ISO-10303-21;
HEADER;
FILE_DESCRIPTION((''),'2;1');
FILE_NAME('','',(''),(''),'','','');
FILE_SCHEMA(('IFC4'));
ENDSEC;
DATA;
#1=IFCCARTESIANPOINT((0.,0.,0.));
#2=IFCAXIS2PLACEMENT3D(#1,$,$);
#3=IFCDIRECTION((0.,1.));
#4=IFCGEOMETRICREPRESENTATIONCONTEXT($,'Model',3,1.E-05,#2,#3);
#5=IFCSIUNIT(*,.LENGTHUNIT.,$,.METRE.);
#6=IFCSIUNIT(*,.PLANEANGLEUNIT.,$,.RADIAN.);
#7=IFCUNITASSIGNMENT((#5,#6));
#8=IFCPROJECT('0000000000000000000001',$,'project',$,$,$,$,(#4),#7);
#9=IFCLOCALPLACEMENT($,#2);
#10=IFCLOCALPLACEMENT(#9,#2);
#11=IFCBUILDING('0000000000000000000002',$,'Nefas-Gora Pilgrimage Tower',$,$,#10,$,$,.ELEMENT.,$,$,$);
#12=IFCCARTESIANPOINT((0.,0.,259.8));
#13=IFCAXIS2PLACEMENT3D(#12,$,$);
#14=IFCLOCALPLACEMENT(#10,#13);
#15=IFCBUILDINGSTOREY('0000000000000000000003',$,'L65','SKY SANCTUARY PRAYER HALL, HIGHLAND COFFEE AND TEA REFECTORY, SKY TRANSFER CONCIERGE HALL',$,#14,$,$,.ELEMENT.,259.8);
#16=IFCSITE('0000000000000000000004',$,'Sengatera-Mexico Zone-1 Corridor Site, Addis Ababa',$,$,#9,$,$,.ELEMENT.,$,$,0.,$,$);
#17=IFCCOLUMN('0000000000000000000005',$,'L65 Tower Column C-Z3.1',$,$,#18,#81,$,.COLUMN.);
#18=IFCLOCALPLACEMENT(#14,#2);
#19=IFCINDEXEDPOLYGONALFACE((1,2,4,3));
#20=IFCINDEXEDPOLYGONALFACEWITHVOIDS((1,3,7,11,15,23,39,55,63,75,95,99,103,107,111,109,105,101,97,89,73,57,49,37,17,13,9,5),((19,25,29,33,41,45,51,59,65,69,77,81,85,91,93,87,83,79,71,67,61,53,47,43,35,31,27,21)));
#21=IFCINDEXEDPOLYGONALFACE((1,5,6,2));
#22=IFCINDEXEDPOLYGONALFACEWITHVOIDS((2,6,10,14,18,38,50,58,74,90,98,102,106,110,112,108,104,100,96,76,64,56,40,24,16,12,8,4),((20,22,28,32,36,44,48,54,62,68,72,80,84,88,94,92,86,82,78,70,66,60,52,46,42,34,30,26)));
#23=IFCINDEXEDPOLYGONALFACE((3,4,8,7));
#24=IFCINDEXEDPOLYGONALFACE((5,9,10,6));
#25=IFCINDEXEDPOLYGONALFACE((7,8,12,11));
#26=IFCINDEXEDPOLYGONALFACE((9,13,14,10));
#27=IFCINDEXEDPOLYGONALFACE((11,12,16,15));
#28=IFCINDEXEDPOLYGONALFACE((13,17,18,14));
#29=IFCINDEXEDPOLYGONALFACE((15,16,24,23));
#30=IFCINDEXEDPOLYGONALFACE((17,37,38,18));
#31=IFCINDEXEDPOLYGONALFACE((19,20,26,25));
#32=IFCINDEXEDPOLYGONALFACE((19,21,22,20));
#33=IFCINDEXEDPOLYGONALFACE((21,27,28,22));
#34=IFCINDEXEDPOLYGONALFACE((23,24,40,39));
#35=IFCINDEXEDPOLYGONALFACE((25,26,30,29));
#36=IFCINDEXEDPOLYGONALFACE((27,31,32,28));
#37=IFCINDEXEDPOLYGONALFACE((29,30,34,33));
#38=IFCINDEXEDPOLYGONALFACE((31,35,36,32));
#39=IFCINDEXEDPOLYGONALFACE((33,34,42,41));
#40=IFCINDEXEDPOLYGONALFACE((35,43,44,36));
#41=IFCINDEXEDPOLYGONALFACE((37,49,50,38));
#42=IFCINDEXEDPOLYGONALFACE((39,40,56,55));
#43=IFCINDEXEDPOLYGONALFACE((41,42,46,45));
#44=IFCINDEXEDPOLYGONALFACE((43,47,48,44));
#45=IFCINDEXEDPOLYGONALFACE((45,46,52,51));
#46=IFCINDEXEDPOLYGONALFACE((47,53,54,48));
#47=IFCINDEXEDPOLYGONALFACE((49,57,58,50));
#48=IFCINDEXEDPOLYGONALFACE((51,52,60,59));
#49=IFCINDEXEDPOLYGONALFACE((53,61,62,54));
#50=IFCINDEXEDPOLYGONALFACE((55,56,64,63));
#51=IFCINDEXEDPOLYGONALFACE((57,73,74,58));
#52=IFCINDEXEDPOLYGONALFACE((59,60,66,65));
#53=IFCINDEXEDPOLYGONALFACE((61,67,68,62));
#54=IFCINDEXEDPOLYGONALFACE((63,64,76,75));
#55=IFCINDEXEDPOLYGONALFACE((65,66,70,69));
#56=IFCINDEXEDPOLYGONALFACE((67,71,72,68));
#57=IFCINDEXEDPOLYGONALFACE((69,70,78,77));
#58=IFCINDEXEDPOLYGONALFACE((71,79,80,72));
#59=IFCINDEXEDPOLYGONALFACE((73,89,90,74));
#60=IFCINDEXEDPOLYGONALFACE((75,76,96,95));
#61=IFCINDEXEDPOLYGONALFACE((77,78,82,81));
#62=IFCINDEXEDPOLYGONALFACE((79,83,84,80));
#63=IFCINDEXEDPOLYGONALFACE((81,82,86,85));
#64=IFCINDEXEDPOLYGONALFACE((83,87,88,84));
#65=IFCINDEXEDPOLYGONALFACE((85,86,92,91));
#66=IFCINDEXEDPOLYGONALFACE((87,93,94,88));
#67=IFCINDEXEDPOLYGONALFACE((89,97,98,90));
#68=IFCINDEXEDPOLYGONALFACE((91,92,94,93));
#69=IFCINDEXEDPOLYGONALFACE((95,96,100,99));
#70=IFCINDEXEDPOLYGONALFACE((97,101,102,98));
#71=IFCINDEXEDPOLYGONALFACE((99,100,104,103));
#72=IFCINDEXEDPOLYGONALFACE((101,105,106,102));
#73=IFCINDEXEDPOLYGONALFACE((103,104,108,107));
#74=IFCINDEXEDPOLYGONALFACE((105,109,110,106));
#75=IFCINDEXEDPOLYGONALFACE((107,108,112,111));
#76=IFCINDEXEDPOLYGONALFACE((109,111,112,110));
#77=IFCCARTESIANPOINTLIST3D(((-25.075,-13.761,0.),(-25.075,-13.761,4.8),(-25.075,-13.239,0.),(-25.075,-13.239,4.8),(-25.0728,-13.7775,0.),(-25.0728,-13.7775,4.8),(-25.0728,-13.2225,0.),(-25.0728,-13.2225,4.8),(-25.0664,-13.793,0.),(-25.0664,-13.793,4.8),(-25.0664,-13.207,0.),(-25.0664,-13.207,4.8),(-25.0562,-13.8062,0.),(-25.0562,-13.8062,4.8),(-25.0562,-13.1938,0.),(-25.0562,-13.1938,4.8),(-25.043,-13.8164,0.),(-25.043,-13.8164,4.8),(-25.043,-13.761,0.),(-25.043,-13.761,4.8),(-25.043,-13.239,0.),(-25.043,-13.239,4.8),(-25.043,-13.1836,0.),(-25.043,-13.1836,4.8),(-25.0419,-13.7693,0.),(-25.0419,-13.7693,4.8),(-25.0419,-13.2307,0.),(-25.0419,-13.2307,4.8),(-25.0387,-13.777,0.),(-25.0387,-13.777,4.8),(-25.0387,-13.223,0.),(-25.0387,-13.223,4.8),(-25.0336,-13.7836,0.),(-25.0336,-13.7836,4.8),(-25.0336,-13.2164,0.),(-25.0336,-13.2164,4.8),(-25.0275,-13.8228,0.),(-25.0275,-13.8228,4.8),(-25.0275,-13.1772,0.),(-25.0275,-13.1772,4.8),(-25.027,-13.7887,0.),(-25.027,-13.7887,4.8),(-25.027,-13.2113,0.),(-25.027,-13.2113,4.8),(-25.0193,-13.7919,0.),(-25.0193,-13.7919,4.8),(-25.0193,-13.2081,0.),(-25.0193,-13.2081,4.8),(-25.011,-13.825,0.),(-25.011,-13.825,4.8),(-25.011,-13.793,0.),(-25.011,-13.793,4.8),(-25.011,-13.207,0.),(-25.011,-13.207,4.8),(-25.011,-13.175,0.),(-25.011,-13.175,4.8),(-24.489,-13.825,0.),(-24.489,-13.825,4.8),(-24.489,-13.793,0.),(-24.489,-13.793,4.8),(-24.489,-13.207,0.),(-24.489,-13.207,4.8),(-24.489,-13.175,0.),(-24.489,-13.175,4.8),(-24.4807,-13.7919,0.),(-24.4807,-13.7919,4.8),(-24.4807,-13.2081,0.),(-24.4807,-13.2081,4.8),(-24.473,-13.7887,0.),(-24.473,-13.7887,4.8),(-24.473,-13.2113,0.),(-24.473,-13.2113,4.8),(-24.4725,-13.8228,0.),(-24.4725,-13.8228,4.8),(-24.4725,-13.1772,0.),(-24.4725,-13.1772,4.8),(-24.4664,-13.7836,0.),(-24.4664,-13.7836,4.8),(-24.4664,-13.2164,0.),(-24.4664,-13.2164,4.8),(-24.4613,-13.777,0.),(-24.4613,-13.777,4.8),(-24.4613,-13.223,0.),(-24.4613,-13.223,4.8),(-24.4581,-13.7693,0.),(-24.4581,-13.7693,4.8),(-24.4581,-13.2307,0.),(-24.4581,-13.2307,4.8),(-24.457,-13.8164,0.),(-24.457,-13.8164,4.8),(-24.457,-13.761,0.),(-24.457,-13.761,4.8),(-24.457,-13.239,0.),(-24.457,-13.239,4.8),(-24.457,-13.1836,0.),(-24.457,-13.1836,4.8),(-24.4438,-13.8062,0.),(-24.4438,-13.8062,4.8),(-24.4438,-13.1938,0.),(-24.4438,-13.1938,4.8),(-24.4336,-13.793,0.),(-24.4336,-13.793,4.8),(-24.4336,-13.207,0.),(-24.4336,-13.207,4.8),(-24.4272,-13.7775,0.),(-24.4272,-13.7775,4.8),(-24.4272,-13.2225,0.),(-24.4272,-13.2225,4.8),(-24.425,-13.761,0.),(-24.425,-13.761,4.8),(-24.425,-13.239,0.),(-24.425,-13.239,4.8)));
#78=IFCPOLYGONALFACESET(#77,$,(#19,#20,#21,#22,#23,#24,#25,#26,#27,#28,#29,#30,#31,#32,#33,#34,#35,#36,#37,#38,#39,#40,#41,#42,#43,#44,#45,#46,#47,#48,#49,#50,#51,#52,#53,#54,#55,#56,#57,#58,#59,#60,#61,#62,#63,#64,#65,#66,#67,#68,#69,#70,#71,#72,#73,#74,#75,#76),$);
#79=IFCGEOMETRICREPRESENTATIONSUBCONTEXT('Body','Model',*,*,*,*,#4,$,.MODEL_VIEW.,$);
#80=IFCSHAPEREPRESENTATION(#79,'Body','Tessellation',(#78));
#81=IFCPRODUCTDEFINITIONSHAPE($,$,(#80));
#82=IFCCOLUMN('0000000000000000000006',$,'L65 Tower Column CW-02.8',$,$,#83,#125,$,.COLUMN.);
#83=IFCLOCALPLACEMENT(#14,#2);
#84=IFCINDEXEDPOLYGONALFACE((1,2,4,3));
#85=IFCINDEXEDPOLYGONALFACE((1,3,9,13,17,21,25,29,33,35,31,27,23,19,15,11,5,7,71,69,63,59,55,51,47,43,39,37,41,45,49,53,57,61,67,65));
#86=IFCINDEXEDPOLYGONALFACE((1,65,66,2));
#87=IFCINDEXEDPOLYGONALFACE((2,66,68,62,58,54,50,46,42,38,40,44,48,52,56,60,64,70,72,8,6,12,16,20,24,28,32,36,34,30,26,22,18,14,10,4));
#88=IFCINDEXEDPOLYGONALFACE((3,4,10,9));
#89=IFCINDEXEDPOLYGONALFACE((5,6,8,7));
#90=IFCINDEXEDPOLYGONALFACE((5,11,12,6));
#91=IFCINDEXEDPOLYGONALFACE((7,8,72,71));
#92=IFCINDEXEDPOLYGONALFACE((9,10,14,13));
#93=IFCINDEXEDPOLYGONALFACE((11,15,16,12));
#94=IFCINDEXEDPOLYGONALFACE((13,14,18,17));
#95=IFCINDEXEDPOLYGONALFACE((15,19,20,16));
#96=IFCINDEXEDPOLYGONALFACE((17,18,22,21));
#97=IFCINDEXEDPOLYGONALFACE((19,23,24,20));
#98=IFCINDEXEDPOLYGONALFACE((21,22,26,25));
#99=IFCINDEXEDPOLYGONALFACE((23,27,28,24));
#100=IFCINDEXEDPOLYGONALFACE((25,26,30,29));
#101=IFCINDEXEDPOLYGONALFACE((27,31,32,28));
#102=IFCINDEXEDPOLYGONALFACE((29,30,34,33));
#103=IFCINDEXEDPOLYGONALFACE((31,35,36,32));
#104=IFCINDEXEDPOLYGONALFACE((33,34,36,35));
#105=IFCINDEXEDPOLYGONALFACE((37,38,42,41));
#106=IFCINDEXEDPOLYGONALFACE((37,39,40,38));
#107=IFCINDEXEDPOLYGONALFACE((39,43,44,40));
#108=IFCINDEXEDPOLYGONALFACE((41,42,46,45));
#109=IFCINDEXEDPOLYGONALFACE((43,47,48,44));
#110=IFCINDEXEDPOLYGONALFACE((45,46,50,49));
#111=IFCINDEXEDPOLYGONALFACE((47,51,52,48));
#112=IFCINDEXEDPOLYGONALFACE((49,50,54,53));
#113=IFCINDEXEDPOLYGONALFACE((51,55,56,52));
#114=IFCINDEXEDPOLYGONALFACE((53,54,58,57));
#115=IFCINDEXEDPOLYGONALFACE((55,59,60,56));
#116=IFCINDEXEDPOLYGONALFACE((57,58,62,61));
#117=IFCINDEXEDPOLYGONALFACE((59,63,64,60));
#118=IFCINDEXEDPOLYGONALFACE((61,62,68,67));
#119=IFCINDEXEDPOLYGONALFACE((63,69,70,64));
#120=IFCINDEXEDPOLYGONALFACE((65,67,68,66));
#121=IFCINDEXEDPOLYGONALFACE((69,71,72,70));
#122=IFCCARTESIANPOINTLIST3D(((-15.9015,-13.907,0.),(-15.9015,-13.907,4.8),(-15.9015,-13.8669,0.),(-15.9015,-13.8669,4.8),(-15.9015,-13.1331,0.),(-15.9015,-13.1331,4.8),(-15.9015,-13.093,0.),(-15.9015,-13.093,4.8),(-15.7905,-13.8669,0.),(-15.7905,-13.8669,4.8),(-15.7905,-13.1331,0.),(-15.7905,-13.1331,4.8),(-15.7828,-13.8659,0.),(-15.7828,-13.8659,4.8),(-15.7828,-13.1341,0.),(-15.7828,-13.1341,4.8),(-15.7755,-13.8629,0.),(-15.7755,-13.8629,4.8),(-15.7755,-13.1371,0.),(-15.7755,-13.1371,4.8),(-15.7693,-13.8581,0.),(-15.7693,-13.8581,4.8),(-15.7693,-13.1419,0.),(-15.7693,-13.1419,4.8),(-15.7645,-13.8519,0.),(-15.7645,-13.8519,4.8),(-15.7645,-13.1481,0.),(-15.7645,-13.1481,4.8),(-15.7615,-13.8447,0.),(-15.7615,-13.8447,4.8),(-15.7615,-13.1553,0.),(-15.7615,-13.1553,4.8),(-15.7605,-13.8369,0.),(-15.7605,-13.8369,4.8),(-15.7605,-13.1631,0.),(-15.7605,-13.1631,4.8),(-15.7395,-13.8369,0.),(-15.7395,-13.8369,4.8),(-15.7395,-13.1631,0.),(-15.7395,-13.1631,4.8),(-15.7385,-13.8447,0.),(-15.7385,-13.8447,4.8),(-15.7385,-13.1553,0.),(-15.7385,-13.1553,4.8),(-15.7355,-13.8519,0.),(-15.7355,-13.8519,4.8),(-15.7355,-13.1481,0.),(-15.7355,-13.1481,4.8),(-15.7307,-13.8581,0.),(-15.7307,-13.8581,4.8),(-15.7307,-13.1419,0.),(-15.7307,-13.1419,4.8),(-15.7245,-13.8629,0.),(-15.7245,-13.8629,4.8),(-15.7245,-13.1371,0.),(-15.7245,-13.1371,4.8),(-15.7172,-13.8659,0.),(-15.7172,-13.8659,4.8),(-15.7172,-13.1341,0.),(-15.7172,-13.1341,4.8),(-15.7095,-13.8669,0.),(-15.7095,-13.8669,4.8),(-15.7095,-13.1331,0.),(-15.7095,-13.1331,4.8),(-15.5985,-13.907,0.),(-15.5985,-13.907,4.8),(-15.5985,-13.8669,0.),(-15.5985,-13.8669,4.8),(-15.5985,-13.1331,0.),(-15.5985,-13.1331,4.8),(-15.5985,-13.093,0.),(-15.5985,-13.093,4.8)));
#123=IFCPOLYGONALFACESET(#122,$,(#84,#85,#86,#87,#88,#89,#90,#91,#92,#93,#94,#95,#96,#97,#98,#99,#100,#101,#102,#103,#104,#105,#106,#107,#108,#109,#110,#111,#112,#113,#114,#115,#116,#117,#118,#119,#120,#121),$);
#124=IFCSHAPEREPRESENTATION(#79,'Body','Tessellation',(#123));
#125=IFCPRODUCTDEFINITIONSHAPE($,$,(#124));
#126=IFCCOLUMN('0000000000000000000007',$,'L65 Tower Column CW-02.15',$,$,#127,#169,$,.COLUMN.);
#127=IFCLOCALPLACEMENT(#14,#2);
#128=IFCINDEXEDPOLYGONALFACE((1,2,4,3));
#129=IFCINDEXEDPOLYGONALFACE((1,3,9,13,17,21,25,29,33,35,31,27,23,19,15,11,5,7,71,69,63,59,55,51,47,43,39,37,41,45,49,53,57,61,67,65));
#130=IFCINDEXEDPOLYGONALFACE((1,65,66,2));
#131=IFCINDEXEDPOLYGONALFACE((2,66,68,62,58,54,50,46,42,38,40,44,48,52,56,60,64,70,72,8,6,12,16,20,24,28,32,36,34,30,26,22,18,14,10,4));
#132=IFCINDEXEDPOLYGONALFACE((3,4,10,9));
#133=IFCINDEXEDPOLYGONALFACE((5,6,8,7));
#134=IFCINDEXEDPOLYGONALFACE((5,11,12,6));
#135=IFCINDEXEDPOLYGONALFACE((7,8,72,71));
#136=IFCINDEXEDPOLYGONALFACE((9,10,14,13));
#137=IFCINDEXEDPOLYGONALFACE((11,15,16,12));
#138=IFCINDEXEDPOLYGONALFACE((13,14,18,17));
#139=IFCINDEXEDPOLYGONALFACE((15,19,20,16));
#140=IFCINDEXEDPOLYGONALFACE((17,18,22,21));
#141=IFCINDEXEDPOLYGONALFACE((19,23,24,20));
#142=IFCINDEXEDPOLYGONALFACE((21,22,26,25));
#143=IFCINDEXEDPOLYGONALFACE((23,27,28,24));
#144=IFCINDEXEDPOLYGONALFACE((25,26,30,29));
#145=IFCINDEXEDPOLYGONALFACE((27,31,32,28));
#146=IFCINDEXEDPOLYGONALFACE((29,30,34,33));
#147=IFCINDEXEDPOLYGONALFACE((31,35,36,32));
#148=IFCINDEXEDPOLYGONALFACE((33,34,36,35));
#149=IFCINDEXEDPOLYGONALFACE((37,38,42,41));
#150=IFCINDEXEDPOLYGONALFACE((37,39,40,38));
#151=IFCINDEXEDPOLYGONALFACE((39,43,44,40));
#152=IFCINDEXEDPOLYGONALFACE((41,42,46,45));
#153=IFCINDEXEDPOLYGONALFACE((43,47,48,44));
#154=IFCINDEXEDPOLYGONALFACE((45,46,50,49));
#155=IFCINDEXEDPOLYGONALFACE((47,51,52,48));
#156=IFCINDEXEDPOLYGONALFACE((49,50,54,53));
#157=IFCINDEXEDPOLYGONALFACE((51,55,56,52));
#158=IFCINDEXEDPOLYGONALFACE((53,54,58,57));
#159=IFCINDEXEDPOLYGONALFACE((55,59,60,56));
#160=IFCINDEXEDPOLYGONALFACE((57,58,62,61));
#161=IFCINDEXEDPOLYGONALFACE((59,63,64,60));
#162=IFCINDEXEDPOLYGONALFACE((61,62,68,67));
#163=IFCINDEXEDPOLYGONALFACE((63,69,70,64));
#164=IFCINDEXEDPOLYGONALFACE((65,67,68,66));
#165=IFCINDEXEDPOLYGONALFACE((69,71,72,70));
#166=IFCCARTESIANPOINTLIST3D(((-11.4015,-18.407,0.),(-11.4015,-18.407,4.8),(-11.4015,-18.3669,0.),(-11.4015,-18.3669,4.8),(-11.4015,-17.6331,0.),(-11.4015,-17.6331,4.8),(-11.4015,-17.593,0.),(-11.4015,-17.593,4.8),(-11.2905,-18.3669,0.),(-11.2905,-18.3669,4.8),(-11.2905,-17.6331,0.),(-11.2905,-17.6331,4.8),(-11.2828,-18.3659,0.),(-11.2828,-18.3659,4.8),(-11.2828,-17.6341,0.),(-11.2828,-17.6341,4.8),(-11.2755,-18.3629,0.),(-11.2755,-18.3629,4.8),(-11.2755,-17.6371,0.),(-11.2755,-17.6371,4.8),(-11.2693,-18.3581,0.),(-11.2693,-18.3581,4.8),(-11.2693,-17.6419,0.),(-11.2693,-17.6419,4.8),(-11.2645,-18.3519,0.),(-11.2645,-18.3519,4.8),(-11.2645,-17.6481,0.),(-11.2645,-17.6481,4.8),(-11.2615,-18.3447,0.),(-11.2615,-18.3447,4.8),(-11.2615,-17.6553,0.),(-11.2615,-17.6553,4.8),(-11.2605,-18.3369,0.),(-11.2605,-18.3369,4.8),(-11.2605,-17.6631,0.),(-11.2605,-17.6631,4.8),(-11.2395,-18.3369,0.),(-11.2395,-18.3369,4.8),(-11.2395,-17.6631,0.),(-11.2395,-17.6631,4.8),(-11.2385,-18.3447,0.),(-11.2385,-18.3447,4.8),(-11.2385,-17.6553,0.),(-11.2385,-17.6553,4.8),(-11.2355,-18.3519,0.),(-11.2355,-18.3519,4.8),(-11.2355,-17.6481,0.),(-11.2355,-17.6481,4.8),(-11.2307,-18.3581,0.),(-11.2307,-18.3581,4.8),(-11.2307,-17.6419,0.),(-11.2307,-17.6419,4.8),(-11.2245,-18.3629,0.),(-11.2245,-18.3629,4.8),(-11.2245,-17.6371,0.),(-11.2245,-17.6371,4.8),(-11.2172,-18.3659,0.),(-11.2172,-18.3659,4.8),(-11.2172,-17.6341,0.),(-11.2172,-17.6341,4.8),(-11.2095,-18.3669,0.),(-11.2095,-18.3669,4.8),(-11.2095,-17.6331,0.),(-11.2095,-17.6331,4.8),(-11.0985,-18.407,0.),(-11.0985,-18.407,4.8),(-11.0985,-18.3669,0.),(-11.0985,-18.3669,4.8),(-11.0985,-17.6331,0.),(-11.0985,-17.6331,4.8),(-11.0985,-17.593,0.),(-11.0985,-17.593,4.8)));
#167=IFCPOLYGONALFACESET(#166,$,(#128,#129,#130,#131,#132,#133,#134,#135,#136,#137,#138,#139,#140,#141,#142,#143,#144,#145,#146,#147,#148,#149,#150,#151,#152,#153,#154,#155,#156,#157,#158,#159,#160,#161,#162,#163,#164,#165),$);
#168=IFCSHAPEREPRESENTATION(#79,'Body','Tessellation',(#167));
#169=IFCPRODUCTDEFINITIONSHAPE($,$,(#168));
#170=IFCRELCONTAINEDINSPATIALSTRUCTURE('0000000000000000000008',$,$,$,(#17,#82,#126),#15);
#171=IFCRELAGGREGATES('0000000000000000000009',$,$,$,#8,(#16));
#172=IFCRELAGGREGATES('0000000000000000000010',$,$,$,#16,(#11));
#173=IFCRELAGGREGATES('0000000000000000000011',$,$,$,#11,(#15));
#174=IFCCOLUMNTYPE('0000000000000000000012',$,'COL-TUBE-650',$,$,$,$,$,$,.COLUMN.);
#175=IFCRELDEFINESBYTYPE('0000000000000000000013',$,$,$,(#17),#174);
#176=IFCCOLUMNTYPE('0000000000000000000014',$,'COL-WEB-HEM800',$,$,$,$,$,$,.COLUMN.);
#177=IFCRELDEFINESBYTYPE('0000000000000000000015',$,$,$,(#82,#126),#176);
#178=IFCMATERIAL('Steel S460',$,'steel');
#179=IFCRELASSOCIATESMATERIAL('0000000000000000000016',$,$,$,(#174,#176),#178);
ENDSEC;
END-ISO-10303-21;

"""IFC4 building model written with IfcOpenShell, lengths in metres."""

from ifc_helpers import new_model, si_unit, direction, frame, origin, origin_2d, place, context, subcontext, project, spatial, hollow_rectangle, i_section, extrude, source, transform, mapped, material, material_profile, profile_set, type_object, element, save


model = new_model("IFC4")

# Units and contexts
model_context = context("Model", 3, precision=1e-05, world=origin(), true_north=direction((0.0, 1.0)))
body_context = subcontext(model_context, "Body", "Model", "MODEL_VIEW")
ifc_project = project(units=[si_unit("LENGTHUNIT", "METRE"), si_unit("PLANEANGLEUNIT", "RADIAN")], contexts=[model_context])

# Site, building, storey
site_placement = place(None, origin())
site = spatial("IfcSite", under=ifc_project, at=site_placement, Name="Sengatera-Mexico Zone-1 Corridor Site, Addis Ababa", CompositionType="ELEMENT", RefElevation=0.0)
building_placement = place(site_placement, origin())
building = spatial("IfcBuilding", under=site, at=building_placement, Name="Nefas-Gora Pilgrimage Tower", CompositionType="ELEMENT")
storey_placement = place(building_placement, frame((0.0, 0.0, 259.8)))
storey = spatial("IfcBuildingStorey", under=building, at=storey_placement, Name="L65", Description="SKY SANCTUARY PRAYER HALL, HIGHLAND COFFEE AND TEA REFECTORY, SKY TRANSFER CONCIERGE HALL", CompositionType="ELEMENT", Elevation=259.8)

# Columns
ifc_material_1 = material(Name="Steel S460", Category="steel")
ifc_material_profile_1 = material_profile(ifc_material_1, hollow_rectangle(XDim=0.6499, YDim=0.6499, WallThickness=0.032, InnerFilletRadius=0.032, OuterFilletRadius=0.064, at=origin_2d()), Name="BOX 650x650x32")
ifc_profile_set_1 = profile_set([ifc_material_profile_1], Name="Steel S460")
column_type_1 = type_object("IfcColumnType", Name="COL-TUBE-650", PredefinedType="COLUMN", material=ifc_profile_set_1)
shared_shape_1 = source(origin(), body_context, "Body", "SweptSolid", [
    extrude(hollow_rectangle(XDim=0.6499, YDim=0.6499, WallThickness=0.032, InnerFilletRadius=0.032, OuterFilletRadius=0.064, at=origin_2d()), origin(), (0.0, 0.0, 1.0), 4.8),
])
column_placement = place(storey_placement, frame((-24.75, -13.5, 0.0), z_axis=(0.0, 0.0, 1.0), x_axis=(1.0, 0.0, 0.0)))
element("IfcColumn", 1, at=column_placement, inside=storey, type_object=column_type_1, Name="L65 Tower Column C-Z3.1", PredefinedType="COLUMN", context=body_context, shape_type="MappedRepresentation", body=[
    mapped(shared_shape_1, transform((0.0, 0.0, 0.0), x_axis=(1.0, 0.0, 0.0), y_axis=(0.0, 1.0, 0.0), z_axis=(0.0, 0.0, 1.0), scale=1.0)),
])
ifc_material_profile_2 = material_profile(ifc_material_1, i_section(OverallWidth=0.303, OverallDepth=0.814, WebThickness=0.021, FlangeThickness=0.04, FilletRadius=0.03, at=origin_2d()), Name="HEM 800")
ifc_profile_set_2 = profile_set([ifc_material_profile_2], Name="Steel S460")
column_type_2 = type_object("IfcColumnType", Name="COL-WEB-HEM800", PredefinedType="COLUMN", material=ifc_profile_set_2)
shared_shape_2 = source(origin(), body_context, "Body", "SweptSolid", [
    extrude(i_section(OverallWidth=0.303, OverallDepth=0.814, WebThickness=0.021, FlangeThickness=0.04, FilletRadius=0.03, at=origin_2d()), origin(), (0.0, 0.0, 1.0), 4.8),
])
for number, where, z_axis, x_axis, name in (
    (2, (-15.75, -13.5, 0.0), (0.0, 0.0, 1.0), (1.0, 0.0, 0.0), "L65 Tower Column CW-02.8"),
    (3, (-11.25, -18.0, 0.0), (0.0, 0.0, 1.0), (1.0, 0.0, 0.0), "L65 Tower Column CW-02.15"),
):
    element("IfcColumn", number, at=place(storey_placement, frame(where, z_axis=z_axis, x_axis=x_axis)), inside=storey, type_object=column_type_2, Name=name, PredefinedType="COLUMN", context=body_context, shape_type="MappedRepresentation", body=[
        mapped(shared_shape_2, transform((0.0, 0.0, 0.0), x_axis=(1.0, 0.0, 0.0), y_axis=(0.0, 1.0, 0.0), z_axis=(0.0, 0.0, 1.0), scale=1.0)),
    ])

save(model, "model.ifc")
